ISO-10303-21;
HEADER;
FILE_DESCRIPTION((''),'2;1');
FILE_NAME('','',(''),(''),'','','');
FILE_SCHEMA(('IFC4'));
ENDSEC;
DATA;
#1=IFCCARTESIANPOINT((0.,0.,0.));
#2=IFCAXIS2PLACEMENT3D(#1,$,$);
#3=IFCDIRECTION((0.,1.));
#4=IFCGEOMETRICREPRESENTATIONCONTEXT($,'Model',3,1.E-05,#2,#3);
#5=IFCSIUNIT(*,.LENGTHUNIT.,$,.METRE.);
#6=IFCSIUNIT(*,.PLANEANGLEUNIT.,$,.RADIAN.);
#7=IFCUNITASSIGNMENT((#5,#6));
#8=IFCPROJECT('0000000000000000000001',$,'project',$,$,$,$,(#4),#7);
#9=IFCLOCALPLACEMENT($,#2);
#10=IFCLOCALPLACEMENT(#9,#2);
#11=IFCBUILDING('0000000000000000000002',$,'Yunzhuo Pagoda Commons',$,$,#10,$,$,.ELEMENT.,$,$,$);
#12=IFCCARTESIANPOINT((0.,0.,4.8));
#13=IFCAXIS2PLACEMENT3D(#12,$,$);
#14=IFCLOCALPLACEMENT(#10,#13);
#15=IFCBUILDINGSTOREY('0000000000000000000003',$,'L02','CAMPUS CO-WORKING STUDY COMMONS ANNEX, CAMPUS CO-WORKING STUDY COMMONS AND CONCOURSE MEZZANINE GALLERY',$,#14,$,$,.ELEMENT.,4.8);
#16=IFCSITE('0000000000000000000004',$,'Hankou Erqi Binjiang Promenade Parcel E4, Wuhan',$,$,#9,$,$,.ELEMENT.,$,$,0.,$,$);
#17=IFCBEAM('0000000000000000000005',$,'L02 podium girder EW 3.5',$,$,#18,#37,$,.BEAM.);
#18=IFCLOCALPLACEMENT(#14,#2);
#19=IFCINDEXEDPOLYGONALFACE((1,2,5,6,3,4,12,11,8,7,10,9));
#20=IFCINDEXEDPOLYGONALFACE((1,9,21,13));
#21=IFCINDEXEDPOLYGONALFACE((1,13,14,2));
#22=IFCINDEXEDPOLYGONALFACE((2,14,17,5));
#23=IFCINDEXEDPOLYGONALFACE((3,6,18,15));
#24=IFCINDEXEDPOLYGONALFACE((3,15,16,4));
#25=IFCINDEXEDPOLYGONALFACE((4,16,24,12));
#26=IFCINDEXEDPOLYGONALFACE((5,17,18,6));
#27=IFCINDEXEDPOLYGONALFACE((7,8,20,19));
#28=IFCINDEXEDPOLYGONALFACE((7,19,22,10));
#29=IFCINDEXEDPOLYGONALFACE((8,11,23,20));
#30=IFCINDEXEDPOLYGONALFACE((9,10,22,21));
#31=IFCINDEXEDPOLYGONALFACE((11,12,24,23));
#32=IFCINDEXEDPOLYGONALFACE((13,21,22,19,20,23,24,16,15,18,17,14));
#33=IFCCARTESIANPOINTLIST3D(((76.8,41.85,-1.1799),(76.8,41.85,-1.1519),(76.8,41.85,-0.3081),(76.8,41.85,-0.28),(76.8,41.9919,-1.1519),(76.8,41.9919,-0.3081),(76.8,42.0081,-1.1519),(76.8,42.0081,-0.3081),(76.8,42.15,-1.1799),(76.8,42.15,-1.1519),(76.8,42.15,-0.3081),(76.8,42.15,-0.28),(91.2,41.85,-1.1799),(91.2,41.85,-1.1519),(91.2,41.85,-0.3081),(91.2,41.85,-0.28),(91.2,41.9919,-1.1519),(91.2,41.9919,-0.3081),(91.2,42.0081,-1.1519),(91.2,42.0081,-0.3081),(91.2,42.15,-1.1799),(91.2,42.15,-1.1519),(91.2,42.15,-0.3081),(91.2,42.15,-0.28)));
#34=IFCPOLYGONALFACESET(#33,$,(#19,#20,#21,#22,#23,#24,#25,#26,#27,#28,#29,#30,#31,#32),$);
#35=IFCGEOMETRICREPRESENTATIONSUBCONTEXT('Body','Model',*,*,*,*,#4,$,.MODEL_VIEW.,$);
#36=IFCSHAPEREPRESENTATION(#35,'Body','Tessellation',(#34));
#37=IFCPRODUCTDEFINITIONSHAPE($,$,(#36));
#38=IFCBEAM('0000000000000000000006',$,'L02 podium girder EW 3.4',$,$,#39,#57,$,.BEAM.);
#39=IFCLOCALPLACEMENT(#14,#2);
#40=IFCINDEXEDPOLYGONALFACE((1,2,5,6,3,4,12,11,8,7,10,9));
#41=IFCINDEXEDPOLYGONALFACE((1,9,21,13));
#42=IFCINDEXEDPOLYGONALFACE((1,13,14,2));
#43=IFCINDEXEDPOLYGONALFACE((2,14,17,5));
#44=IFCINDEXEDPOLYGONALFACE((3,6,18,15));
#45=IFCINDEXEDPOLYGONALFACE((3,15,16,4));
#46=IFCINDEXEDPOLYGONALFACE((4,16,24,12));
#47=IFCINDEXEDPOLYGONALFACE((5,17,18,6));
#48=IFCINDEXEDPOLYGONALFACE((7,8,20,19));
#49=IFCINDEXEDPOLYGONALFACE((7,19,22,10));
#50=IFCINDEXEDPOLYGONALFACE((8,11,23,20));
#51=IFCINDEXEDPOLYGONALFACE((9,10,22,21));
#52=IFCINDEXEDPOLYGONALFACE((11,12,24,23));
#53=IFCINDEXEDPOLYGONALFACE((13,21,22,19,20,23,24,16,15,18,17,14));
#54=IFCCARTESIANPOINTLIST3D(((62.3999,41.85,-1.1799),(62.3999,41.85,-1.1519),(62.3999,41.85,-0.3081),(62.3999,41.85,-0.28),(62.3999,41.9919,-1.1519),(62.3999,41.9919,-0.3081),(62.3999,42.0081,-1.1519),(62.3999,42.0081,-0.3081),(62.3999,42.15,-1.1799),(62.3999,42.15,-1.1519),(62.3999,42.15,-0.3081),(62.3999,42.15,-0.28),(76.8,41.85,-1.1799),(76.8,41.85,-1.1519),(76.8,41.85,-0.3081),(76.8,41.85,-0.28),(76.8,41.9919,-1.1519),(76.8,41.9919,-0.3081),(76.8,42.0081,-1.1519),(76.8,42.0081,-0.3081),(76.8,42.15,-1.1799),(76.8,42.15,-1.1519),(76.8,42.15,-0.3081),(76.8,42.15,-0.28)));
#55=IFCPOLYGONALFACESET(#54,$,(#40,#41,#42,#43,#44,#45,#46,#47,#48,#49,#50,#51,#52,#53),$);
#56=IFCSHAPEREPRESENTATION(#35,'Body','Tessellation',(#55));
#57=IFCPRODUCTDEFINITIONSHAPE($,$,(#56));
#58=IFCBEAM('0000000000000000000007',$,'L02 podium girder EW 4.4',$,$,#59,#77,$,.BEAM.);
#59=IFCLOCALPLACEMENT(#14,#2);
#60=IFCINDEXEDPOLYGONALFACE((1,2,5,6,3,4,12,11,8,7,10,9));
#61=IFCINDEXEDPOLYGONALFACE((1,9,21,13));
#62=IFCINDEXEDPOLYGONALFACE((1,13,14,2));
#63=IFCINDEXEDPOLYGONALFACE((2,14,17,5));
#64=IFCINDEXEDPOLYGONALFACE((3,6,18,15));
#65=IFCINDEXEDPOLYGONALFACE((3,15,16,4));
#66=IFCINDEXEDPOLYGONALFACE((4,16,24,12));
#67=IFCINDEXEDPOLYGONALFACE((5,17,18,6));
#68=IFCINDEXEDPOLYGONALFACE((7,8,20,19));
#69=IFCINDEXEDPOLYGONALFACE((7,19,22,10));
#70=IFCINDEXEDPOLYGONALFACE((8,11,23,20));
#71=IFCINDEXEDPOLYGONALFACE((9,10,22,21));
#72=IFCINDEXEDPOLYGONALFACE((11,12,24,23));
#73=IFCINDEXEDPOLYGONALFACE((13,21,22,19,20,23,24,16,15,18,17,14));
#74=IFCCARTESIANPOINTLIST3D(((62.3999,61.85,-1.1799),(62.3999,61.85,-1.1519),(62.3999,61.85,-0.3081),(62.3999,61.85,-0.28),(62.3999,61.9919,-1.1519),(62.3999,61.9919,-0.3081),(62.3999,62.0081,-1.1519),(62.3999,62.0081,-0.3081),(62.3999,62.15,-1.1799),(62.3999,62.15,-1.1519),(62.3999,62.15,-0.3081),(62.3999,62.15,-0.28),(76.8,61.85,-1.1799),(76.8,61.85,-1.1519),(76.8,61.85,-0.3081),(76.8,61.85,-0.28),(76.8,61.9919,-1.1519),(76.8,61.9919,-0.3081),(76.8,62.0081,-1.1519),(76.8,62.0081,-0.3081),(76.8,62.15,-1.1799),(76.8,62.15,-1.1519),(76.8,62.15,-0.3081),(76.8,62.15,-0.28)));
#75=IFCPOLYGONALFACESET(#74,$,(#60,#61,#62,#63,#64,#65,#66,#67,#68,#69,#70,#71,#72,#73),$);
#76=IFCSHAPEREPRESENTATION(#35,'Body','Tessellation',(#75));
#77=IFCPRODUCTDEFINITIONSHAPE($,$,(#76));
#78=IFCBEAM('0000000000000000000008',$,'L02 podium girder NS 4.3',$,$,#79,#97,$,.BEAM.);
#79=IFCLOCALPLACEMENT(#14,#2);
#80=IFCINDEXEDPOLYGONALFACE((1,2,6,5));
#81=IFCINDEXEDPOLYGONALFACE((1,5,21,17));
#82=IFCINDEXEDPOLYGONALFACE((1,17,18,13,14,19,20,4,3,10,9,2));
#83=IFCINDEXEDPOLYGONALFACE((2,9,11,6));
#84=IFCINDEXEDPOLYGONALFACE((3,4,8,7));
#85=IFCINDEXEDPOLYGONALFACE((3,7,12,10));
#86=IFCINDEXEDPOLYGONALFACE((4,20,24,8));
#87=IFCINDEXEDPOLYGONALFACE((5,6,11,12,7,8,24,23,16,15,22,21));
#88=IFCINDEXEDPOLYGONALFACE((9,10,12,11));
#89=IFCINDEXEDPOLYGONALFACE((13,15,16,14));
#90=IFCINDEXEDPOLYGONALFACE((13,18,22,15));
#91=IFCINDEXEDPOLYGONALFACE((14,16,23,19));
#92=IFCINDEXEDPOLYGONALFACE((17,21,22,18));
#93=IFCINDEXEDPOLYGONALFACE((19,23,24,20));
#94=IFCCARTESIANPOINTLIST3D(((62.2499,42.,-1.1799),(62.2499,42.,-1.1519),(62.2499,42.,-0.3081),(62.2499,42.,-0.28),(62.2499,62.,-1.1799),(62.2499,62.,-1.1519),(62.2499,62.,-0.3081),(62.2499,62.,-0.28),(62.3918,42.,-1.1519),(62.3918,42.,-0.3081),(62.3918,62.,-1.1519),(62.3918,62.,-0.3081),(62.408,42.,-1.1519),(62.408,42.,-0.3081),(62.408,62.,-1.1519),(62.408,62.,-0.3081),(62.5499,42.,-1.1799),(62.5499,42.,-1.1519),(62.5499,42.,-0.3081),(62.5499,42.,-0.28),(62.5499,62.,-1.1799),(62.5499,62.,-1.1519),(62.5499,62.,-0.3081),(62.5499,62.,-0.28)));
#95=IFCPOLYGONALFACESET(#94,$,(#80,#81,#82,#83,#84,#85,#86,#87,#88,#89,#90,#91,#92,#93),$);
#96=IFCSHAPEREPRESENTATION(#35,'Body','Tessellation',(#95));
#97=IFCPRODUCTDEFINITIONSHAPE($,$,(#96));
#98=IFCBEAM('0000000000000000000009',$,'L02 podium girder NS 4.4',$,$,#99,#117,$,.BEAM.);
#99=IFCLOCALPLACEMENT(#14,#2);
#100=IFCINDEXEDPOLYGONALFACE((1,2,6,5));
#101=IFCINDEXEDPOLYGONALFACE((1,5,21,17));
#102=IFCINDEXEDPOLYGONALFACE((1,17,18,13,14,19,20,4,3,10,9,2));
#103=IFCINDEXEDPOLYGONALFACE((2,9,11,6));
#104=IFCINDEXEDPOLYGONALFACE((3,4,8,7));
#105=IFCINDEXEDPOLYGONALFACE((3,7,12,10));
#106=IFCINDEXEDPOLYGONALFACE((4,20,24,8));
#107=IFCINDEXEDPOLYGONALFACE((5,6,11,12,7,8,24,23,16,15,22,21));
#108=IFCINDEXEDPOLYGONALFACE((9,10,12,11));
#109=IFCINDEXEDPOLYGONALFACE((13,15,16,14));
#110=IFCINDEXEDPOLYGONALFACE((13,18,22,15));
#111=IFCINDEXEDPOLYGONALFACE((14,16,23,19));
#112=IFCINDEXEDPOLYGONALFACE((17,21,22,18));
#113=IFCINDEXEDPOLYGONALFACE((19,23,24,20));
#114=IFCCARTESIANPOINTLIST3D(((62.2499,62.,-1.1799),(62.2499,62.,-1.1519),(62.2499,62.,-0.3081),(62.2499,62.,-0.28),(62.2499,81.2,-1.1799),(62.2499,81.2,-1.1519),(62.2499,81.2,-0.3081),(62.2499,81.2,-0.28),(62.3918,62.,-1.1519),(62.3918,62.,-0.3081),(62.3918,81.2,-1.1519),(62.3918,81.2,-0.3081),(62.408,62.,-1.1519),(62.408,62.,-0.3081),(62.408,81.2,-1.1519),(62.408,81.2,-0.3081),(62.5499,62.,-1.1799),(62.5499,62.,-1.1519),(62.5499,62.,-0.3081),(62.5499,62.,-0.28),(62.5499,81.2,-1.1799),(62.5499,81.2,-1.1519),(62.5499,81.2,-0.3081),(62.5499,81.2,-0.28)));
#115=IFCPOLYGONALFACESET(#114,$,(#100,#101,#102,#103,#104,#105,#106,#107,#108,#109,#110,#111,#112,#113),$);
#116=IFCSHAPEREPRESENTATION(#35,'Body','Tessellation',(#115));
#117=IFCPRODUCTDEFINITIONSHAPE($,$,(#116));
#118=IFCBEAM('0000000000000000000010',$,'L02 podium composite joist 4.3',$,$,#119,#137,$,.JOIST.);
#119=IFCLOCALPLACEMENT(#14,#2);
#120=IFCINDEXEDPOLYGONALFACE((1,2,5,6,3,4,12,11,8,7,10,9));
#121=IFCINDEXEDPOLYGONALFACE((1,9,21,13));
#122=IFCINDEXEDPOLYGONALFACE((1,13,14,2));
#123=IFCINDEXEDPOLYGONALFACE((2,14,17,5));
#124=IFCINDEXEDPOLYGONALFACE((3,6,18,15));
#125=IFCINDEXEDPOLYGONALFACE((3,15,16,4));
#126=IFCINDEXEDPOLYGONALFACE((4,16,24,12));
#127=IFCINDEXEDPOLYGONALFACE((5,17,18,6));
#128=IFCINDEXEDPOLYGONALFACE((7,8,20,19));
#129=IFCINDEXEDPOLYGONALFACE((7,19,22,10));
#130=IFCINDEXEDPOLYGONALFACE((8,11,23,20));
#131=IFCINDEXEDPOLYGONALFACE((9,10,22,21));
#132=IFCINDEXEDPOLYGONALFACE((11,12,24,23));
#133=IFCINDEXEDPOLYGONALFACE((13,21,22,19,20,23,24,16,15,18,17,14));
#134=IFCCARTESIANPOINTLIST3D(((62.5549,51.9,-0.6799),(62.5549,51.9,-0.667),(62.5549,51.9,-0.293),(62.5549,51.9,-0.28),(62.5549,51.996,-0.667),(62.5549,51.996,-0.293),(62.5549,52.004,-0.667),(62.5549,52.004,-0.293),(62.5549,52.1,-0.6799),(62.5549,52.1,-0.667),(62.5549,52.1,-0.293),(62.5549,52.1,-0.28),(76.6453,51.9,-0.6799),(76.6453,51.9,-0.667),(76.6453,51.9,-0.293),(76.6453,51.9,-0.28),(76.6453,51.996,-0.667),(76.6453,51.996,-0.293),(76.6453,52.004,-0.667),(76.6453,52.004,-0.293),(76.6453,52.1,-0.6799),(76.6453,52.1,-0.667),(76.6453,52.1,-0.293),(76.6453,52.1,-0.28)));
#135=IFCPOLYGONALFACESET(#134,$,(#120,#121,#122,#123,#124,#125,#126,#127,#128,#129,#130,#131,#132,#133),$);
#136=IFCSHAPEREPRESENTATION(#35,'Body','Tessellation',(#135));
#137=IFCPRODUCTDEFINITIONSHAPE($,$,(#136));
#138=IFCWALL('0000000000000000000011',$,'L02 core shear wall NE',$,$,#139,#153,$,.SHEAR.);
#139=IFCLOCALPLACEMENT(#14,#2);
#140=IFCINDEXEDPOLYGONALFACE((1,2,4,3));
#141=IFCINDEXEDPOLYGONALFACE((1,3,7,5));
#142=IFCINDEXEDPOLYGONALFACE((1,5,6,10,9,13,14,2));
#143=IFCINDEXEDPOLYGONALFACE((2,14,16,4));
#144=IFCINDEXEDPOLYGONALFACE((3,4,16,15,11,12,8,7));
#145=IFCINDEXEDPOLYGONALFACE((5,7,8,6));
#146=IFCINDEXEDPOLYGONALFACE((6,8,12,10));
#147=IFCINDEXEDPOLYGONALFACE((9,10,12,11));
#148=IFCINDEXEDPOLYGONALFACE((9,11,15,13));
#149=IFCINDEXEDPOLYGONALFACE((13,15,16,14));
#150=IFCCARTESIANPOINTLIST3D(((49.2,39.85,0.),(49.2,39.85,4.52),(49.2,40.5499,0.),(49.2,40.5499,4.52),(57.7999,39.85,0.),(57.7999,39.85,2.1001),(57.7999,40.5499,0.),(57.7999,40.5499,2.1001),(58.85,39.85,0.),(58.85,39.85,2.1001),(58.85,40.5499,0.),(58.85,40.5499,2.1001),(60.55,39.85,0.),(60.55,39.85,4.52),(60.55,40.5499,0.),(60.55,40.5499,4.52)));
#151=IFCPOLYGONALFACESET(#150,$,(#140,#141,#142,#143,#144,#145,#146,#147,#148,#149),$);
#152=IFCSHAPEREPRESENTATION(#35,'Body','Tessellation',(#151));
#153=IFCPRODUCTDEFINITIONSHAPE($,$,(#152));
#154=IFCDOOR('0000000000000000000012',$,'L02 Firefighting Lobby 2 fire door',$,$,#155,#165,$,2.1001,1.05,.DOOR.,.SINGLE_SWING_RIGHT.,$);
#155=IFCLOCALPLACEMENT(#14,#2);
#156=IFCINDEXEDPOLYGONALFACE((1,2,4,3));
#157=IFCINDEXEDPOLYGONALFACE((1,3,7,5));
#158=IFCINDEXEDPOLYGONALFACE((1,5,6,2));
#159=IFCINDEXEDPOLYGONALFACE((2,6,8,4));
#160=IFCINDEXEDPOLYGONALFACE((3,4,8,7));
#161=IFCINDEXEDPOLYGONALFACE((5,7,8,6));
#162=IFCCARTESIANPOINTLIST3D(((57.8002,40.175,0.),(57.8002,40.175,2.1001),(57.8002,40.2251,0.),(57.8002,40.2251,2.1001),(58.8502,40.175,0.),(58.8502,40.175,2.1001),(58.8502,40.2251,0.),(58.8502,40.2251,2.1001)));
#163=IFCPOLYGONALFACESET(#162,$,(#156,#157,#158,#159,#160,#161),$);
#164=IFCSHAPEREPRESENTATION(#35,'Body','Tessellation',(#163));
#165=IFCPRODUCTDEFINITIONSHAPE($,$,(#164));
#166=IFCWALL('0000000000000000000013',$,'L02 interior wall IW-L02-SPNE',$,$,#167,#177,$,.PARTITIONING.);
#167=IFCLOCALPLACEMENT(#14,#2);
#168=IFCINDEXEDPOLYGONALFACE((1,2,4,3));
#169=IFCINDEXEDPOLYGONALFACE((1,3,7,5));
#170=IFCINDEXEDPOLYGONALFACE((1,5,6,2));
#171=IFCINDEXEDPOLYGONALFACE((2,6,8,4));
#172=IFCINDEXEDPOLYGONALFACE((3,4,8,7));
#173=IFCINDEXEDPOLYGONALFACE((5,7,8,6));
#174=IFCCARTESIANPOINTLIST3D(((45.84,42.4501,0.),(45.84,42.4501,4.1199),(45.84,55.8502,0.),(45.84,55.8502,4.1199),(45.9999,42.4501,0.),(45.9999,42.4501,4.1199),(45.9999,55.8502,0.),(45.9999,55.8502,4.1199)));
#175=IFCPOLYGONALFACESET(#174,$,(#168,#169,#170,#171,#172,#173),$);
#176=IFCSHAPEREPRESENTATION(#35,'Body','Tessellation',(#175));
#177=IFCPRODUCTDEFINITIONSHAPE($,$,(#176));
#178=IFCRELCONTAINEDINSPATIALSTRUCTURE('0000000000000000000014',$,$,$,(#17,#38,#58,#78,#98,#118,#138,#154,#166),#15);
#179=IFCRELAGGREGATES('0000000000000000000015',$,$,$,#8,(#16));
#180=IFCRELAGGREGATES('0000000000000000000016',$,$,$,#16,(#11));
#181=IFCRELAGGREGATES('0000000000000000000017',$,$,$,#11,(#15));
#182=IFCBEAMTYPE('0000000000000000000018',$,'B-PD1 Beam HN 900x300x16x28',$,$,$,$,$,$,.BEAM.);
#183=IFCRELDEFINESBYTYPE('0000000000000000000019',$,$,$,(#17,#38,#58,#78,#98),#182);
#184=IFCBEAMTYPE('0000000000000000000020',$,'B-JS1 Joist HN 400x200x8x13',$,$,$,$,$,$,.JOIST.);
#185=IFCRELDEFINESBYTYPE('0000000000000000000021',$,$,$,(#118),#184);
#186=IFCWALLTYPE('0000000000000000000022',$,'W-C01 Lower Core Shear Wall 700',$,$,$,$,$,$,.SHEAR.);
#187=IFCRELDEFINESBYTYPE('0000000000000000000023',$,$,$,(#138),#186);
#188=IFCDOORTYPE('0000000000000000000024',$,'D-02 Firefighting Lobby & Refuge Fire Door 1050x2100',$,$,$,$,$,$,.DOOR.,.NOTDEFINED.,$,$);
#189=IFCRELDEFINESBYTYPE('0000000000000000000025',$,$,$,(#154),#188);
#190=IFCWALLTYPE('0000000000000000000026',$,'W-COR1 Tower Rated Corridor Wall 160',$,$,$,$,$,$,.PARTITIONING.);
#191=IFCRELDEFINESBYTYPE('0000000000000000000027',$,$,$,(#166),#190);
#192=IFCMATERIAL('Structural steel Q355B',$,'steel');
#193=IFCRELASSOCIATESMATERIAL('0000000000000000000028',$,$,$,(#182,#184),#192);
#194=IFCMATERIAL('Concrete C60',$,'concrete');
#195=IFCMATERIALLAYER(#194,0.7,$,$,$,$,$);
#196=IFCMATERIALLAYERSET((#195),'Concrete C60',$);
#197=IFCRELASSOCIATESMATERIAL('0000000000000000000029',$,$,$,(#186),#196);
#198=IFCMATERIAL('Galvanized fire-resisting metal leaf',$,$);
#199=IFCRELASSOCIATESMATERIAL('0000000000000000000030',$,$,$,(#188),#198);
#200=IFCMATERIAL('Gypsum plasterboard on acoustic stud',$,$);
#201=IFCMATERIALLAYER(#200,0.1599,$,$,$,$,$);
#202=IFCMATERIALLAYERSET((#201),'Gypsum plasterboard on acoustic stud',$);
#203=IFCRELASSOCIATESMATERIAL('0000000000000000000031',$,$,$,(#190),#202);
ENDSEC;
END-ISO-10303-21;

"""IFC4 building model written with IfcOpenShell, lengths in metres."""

from ifc_helpers import new_model, si_unit, direction, frame, frame_2d, origin, origin_2d, place, context, subcontext, project, spatial, rectangle, i_section, extrude, source, transform, mapped, material, layer, layer_set, material_profile, profile_set, type_object, element, fill, save


model = new_model("IFC4")

# Units and contexts
model_context = context("Model", 3, precision=1e-05, world=origin(), true_north=direction((0.0, 1.0)))
body_context = subcontext(model_context, "Body", "Model", "MODEL_VIEW")
ifc_project = project(units=[si_unit("LENGTHUNIT", "METRE"), si_unit("PLANEANGLEUNIT", "RADIAN")], contexts=[model_context])

# Site, building, storey
site_placement = place(None, origin())
site = spatial("IfcSite", under=ifc_project, at=site_placement, Name="Hankou Erqi Binjiang Promenade Parcel E4, Wuhan", CompositionType="ELEMENT", RefElevation=0.0)
building_placement = place(site_placement, origin())
building = spatial("IfcBuilding", under=site, at=building_placement, Name="Yunzhuo Pagoda Commons", CompositionType="ELEMENT")
storey_placement = place(building_placement, frame((0.0, 0.0, 4.8)))
storey = spatial("IfcBuildingStorey", under=building, at=storey_placement, Name="L02", Description="CAMPUS CO-WORKING STUDY COMMONS ANNEX, CAMPUS CO-WORKING STUDY COMMONS AND CONCOURSE MEZZANINE GALLERY", CompositionType="ELEMENT", Elevation=4.8)

# Beams
ifc_material_1 = material(Name="Structural steel Q355B", Category="steel")
ifc_material_profile_1 = material_profile(ifc_material_1, i_section(OverallWidth=0.3, OverallDepth=0.8999, WebThickness=0.0161, FlangeThickness=0.0281, at=origin_2d()), Name="Structural steel Q355B")
ifc_profile_set_1 = profile_set([ifc_material_profile_1], Name="Structural steel Q355B")
beam_type_1 = type_object("IfcBeamType", Name="B-PD1 Beam HN 900x300x16x28", PredefinedType="BEAM", material=ifc_profile_set_1)
shared_shape_1 = source(origin(), body_context, "Body", "SweptSolid", [
    extrude(i_section(OverallWidth=0.3, OverallDepth=0.8999, WebThickness=0.0161, FlangeThickness=0.0281, at=origin_2d()), origin(), (0.0, 0.0, 1.0), 14.3999),
])
beam_1_placement = place(storey_placement, frame((76.8, 42.0, -0.73), z_axis=(1.0, 0.0, 0.0), x_axis=(0.0, 1.0, 0.0)))
element("IfcBeam", 1, at=beam_1_placement, inside=storey, type_object=beam_type_1, Name="L02 podium girder EW 3.5", PredefinedType="BEAM", context=body_context, shape_type="MappedRepresentation", body=[
    mapped(shared_shape_1, transform((0.0, 0.0, 0.0), scale=1.0)),
])
shared_shape_2 = source(origin(), body_context, "Body", "SweptSolid", [
    extrude(i_section(OverallWidth=0.3, OverallDepth=0.8999, WebThickness=0.0161, FlangeThickness=0.0281, at=origin_2d()), origin(), (0.0, 0.0, 1.0), 14.4001),
])
for number, where, z_axis, x_axis, name in (
    (2, (62.3999, 42.0, -0.73), (1.0, 0.0, 0.0), (0.0, 1.0, 0.0), "L02 podium girder EW 3.4"),
    (3, (62.3999, 62.0, -0.73), (1.0, 0.0, 0.0), (0.0, 1.0, 0.0), "L02 podium girder EW 4.4"),
):
    element("IfcBeam", number, at=place(storey_placement, frame(where, z_axis=z_axis, x_axis=x_axis)), inside=storey, type_object=beam_type_1, Name=name, PredefinedType="BEAM", context=body_context, shape_type="MappedRepresentation", body=[
        mapped(shared_shape_2, transform((0.0, 0.0, 0.0), scale=1.0)),
    ])
shared_shape_3 = source(origin(), body_context, "Body", "SweptSolid", [
    extrude(i_section(OverallWidth=0.3, OverallDepth=0.8999, WebThickness=0.0161, FlangeThickness=0.0281, at=origin_2d()), origin(), (0.0, 0.0, 1.0), 20.0),
])
beam_2_placement = place(storey_placement, frame((62.3999, 42.0, -0.73), z_axis=(0.0, 1.0, 0.0), x_axis=(-1.0, 0.0, 0.0)))
element("IfcBeam", 4, at=beam_2_placement, inside=storey, type_object=beam_type_1, Name="L02 podium girder NS 4.3", PredefinedType="BEAM", context=body_context, shape_type="MappedRepresentation", body=[
    mapped(shared_shape_3, transform((0.0, 0.0, 0.0), scale=1.0)),
])
shared_shape_4 = source(origin(), body_context, "Body", "SweptSolid", [
    extrude(i_section(OverallWidth=0.3, OverallDepth=0.8999, WebThickness=0.0161, FlangeThickness=0.0281, at=origin_2d()), origin(), (0.0, 0.0, 1.0), 19.2),
])
beam_3_placement = place(storey_placement, frame((62.3999, 62.0, -0.73), z_axis=(0.0, 1.0, 0.0), x_axis=(-1.0, 0.0, 0.0)))
element("IfcBeam", 5, at=beam_3_placement, inside=storey, type_object=beam_type_1, Name="L02 podium girder NS 4.4", PredefinedType="BEAM", context=body_context, shape_type="MappedRepresentation", body=[
    mapped(shared_shape_4, transform((0.0, 0.0, 0.0), scale=1.0)),
])
ifc_material_profile_2 = material_profile(ifc_material_1, i_section(OverallWidth=0.2, OverallDepth=0.3999, WebThickness=0.0081, FlangeThickness=0.0129, at=origin_2d()), Name="Structural steel Q355B")
ifc_profile_set_2 = profile_set([ifc_material_profile_2], Name="Structural steel Q355B")
beam_type_2 = type_object("IfcBeamType", Name="B-JS1 Joist HN 400x200x8x13", PredefinedType="JOIST", material=ifc_profile_set_2)
shared_shape_5 = source(origin(), body_context, "Body", "SweptSolid", [
    extrude(i_section(OverallWidth=0.2, OverallDepth=0.3999, WebThickness=0.0081, FlangeThickness=0.0129, at=origin_2d()), origin(), (0.0, 0.0, 1.0), 14.0903),
])
beam_4_placement = place(storey_placement, frame((62.5549, 52.0, -0.48), z_axis=(1.0, 0.0, 0.0), x_axis=(0.0, 1.0, 0.0)))
element("IfcBeam", 6, at=beam_4_placement, inside=storey, type_object=beam_type_2, Name="L02 podium composite joist 4.3", PredefinedType="JOIST", context=body_context, shape_type="MappedRepresentation", body=[
    mapped(shared_shape_5, transform((0.0, 0.0, 0.0), scale=1.0)),
])

# Wall, opening, door
ifc_material_2 = material(Name="Concrete C60", Category="concrete")
ifc_layer_1 = layer(ifc_material_2, 0.7)
ifc_layer_set_1 = layer_set([ifc_layer_1], Name="Concrete C60")
wall_type_1 = type_object("IfcWallType", Name="W-C01 Lower Core Shear Wall 700", PredefinedType="SHEAR", material=ifc_layer_set_1)
wall_1_placement = place(storey_placement, frame((49.2, 40.2, 0.0), z_axis=(0.0, 0.0, 1.0), x_axis=(1.0, 0.0, 0.0)))
wall_1 = element("IfcWall", 7, at=wall_1_placement, inside=storey, type_object=wall_type_1, Name="L02 core shear wall NE", PredefinedType="SHEAR", context=body_context, shape_type="SweptSolid", body=[
    extrude(rectangle(XDim=11.3501, YDim=0.7, at=frame_2d((5.675, 0.0))), origin(), (0.0, 0.0, 1.0), 4.52),
])
opening_1_placement = place(wall_1_placement, frame((8.6001, 0.0, 0.0)))
opening_1 = element("IfcOpeningElement", 8, at=opening_1_placement, cuts=wall_1, PredefinedType="OPENING", context=body_context, shape_type="SweptSolid", body=[
    extrude(rectangle(XDim=1.05, YDim=2.1001, at=frame_2d((0.5249, 1.05))), frame((0.0, 0.3599, 0.0), z_axis=(0.0, -1.0, 0.0), x_axis=(1.0, 0.0, 0.0)), (0.0, 0.0, 1.0), 0.72),
])
ifc_material_3 = material(Name="Galvanized fire-resisting metal leaf")
door_type_1 = type_object("IfcDoorType", Name="D-02 Firefighting Lobby & Refuge Fire Door 1050x2100", OperationType="NOTDEFINED", PredefinedType="DOOR", material=ifc_material_3)
shared_shape_6 = source(origin(), body_context, "Body", "SweptSolid", [
    extrude(rectangle(XDim=1.05, YDim=2.1001, at=frame_2d((0.5249, 1.05))), frame((0.0, 0.0249, 0.0), z_axis=(0.0, -1.0, 0.0), x_axis=(1.0, 0.0, 0.0)), (0.0, 0.0, 1.0), 0.05),
])
door_1_placement = place(opening_1_placement, frame((1.05, 0.0, 0.0), z_axis=(0.0, 0.0, 1.0), x_axis=(-1.0, 0.0, 0.0)))
door_1 = element("IfcDoor", 9, at=door_1_placement, inside=storey, type_object=door_type_1, Name="L02 Firefighting Lobby 2 fire door", OperationType="SINGLE_SWING_RIGHT", OverallHeight=2.1001, OverallWidth=1.05, PredefinedType="DOOR", context=body_context, shape_type="MappedRepresentation", body=[
    mapped(shared_shape_6, transform((0.0, 0.0, 0.0), scale=1.0)),
])
fill(opening_1, door_1)

# Wall
ifc_material_4 = material(Name="Gypsum plasterboard on acoustic stud")
ifc_layer_2 = layer(ifc_material_4, 0.1599)
ifc_layer_set_2 = layer_set([ifc_layer_2], Name="Gypsum plasterboard on acoustic stud")
wall_type_2 = type_object("IfcWallType", Name="W-COR1 Tower Rated Corridor Wall 160", PredefinedType="PARTITIONING", material=ifc_layer_set_2)
wall_2_placement = place(storey_placement, frame((45.9199, 42.45, 0.0), z_axis=(0.0, 0.0, 1.0), x_axis=(0.0, 1.0, 0.0)))
element("IfcWall", 10, at=wall_2_placement, inside=storey, type_object=wall_type_2, Name="L02 interior wall IW-L02-SPNE", PredefinedType="PARTITIONING", context=body_context, shape_type="SweptSolid", body=[
    extrude(rectangle(XDim=13.4001, YDim=0.1599, at=frame_2d((6.7002, 0.0))), origin(), (0.0, 0.0, 1.0), 4.1199),
])

save(model, "model.ifc")
